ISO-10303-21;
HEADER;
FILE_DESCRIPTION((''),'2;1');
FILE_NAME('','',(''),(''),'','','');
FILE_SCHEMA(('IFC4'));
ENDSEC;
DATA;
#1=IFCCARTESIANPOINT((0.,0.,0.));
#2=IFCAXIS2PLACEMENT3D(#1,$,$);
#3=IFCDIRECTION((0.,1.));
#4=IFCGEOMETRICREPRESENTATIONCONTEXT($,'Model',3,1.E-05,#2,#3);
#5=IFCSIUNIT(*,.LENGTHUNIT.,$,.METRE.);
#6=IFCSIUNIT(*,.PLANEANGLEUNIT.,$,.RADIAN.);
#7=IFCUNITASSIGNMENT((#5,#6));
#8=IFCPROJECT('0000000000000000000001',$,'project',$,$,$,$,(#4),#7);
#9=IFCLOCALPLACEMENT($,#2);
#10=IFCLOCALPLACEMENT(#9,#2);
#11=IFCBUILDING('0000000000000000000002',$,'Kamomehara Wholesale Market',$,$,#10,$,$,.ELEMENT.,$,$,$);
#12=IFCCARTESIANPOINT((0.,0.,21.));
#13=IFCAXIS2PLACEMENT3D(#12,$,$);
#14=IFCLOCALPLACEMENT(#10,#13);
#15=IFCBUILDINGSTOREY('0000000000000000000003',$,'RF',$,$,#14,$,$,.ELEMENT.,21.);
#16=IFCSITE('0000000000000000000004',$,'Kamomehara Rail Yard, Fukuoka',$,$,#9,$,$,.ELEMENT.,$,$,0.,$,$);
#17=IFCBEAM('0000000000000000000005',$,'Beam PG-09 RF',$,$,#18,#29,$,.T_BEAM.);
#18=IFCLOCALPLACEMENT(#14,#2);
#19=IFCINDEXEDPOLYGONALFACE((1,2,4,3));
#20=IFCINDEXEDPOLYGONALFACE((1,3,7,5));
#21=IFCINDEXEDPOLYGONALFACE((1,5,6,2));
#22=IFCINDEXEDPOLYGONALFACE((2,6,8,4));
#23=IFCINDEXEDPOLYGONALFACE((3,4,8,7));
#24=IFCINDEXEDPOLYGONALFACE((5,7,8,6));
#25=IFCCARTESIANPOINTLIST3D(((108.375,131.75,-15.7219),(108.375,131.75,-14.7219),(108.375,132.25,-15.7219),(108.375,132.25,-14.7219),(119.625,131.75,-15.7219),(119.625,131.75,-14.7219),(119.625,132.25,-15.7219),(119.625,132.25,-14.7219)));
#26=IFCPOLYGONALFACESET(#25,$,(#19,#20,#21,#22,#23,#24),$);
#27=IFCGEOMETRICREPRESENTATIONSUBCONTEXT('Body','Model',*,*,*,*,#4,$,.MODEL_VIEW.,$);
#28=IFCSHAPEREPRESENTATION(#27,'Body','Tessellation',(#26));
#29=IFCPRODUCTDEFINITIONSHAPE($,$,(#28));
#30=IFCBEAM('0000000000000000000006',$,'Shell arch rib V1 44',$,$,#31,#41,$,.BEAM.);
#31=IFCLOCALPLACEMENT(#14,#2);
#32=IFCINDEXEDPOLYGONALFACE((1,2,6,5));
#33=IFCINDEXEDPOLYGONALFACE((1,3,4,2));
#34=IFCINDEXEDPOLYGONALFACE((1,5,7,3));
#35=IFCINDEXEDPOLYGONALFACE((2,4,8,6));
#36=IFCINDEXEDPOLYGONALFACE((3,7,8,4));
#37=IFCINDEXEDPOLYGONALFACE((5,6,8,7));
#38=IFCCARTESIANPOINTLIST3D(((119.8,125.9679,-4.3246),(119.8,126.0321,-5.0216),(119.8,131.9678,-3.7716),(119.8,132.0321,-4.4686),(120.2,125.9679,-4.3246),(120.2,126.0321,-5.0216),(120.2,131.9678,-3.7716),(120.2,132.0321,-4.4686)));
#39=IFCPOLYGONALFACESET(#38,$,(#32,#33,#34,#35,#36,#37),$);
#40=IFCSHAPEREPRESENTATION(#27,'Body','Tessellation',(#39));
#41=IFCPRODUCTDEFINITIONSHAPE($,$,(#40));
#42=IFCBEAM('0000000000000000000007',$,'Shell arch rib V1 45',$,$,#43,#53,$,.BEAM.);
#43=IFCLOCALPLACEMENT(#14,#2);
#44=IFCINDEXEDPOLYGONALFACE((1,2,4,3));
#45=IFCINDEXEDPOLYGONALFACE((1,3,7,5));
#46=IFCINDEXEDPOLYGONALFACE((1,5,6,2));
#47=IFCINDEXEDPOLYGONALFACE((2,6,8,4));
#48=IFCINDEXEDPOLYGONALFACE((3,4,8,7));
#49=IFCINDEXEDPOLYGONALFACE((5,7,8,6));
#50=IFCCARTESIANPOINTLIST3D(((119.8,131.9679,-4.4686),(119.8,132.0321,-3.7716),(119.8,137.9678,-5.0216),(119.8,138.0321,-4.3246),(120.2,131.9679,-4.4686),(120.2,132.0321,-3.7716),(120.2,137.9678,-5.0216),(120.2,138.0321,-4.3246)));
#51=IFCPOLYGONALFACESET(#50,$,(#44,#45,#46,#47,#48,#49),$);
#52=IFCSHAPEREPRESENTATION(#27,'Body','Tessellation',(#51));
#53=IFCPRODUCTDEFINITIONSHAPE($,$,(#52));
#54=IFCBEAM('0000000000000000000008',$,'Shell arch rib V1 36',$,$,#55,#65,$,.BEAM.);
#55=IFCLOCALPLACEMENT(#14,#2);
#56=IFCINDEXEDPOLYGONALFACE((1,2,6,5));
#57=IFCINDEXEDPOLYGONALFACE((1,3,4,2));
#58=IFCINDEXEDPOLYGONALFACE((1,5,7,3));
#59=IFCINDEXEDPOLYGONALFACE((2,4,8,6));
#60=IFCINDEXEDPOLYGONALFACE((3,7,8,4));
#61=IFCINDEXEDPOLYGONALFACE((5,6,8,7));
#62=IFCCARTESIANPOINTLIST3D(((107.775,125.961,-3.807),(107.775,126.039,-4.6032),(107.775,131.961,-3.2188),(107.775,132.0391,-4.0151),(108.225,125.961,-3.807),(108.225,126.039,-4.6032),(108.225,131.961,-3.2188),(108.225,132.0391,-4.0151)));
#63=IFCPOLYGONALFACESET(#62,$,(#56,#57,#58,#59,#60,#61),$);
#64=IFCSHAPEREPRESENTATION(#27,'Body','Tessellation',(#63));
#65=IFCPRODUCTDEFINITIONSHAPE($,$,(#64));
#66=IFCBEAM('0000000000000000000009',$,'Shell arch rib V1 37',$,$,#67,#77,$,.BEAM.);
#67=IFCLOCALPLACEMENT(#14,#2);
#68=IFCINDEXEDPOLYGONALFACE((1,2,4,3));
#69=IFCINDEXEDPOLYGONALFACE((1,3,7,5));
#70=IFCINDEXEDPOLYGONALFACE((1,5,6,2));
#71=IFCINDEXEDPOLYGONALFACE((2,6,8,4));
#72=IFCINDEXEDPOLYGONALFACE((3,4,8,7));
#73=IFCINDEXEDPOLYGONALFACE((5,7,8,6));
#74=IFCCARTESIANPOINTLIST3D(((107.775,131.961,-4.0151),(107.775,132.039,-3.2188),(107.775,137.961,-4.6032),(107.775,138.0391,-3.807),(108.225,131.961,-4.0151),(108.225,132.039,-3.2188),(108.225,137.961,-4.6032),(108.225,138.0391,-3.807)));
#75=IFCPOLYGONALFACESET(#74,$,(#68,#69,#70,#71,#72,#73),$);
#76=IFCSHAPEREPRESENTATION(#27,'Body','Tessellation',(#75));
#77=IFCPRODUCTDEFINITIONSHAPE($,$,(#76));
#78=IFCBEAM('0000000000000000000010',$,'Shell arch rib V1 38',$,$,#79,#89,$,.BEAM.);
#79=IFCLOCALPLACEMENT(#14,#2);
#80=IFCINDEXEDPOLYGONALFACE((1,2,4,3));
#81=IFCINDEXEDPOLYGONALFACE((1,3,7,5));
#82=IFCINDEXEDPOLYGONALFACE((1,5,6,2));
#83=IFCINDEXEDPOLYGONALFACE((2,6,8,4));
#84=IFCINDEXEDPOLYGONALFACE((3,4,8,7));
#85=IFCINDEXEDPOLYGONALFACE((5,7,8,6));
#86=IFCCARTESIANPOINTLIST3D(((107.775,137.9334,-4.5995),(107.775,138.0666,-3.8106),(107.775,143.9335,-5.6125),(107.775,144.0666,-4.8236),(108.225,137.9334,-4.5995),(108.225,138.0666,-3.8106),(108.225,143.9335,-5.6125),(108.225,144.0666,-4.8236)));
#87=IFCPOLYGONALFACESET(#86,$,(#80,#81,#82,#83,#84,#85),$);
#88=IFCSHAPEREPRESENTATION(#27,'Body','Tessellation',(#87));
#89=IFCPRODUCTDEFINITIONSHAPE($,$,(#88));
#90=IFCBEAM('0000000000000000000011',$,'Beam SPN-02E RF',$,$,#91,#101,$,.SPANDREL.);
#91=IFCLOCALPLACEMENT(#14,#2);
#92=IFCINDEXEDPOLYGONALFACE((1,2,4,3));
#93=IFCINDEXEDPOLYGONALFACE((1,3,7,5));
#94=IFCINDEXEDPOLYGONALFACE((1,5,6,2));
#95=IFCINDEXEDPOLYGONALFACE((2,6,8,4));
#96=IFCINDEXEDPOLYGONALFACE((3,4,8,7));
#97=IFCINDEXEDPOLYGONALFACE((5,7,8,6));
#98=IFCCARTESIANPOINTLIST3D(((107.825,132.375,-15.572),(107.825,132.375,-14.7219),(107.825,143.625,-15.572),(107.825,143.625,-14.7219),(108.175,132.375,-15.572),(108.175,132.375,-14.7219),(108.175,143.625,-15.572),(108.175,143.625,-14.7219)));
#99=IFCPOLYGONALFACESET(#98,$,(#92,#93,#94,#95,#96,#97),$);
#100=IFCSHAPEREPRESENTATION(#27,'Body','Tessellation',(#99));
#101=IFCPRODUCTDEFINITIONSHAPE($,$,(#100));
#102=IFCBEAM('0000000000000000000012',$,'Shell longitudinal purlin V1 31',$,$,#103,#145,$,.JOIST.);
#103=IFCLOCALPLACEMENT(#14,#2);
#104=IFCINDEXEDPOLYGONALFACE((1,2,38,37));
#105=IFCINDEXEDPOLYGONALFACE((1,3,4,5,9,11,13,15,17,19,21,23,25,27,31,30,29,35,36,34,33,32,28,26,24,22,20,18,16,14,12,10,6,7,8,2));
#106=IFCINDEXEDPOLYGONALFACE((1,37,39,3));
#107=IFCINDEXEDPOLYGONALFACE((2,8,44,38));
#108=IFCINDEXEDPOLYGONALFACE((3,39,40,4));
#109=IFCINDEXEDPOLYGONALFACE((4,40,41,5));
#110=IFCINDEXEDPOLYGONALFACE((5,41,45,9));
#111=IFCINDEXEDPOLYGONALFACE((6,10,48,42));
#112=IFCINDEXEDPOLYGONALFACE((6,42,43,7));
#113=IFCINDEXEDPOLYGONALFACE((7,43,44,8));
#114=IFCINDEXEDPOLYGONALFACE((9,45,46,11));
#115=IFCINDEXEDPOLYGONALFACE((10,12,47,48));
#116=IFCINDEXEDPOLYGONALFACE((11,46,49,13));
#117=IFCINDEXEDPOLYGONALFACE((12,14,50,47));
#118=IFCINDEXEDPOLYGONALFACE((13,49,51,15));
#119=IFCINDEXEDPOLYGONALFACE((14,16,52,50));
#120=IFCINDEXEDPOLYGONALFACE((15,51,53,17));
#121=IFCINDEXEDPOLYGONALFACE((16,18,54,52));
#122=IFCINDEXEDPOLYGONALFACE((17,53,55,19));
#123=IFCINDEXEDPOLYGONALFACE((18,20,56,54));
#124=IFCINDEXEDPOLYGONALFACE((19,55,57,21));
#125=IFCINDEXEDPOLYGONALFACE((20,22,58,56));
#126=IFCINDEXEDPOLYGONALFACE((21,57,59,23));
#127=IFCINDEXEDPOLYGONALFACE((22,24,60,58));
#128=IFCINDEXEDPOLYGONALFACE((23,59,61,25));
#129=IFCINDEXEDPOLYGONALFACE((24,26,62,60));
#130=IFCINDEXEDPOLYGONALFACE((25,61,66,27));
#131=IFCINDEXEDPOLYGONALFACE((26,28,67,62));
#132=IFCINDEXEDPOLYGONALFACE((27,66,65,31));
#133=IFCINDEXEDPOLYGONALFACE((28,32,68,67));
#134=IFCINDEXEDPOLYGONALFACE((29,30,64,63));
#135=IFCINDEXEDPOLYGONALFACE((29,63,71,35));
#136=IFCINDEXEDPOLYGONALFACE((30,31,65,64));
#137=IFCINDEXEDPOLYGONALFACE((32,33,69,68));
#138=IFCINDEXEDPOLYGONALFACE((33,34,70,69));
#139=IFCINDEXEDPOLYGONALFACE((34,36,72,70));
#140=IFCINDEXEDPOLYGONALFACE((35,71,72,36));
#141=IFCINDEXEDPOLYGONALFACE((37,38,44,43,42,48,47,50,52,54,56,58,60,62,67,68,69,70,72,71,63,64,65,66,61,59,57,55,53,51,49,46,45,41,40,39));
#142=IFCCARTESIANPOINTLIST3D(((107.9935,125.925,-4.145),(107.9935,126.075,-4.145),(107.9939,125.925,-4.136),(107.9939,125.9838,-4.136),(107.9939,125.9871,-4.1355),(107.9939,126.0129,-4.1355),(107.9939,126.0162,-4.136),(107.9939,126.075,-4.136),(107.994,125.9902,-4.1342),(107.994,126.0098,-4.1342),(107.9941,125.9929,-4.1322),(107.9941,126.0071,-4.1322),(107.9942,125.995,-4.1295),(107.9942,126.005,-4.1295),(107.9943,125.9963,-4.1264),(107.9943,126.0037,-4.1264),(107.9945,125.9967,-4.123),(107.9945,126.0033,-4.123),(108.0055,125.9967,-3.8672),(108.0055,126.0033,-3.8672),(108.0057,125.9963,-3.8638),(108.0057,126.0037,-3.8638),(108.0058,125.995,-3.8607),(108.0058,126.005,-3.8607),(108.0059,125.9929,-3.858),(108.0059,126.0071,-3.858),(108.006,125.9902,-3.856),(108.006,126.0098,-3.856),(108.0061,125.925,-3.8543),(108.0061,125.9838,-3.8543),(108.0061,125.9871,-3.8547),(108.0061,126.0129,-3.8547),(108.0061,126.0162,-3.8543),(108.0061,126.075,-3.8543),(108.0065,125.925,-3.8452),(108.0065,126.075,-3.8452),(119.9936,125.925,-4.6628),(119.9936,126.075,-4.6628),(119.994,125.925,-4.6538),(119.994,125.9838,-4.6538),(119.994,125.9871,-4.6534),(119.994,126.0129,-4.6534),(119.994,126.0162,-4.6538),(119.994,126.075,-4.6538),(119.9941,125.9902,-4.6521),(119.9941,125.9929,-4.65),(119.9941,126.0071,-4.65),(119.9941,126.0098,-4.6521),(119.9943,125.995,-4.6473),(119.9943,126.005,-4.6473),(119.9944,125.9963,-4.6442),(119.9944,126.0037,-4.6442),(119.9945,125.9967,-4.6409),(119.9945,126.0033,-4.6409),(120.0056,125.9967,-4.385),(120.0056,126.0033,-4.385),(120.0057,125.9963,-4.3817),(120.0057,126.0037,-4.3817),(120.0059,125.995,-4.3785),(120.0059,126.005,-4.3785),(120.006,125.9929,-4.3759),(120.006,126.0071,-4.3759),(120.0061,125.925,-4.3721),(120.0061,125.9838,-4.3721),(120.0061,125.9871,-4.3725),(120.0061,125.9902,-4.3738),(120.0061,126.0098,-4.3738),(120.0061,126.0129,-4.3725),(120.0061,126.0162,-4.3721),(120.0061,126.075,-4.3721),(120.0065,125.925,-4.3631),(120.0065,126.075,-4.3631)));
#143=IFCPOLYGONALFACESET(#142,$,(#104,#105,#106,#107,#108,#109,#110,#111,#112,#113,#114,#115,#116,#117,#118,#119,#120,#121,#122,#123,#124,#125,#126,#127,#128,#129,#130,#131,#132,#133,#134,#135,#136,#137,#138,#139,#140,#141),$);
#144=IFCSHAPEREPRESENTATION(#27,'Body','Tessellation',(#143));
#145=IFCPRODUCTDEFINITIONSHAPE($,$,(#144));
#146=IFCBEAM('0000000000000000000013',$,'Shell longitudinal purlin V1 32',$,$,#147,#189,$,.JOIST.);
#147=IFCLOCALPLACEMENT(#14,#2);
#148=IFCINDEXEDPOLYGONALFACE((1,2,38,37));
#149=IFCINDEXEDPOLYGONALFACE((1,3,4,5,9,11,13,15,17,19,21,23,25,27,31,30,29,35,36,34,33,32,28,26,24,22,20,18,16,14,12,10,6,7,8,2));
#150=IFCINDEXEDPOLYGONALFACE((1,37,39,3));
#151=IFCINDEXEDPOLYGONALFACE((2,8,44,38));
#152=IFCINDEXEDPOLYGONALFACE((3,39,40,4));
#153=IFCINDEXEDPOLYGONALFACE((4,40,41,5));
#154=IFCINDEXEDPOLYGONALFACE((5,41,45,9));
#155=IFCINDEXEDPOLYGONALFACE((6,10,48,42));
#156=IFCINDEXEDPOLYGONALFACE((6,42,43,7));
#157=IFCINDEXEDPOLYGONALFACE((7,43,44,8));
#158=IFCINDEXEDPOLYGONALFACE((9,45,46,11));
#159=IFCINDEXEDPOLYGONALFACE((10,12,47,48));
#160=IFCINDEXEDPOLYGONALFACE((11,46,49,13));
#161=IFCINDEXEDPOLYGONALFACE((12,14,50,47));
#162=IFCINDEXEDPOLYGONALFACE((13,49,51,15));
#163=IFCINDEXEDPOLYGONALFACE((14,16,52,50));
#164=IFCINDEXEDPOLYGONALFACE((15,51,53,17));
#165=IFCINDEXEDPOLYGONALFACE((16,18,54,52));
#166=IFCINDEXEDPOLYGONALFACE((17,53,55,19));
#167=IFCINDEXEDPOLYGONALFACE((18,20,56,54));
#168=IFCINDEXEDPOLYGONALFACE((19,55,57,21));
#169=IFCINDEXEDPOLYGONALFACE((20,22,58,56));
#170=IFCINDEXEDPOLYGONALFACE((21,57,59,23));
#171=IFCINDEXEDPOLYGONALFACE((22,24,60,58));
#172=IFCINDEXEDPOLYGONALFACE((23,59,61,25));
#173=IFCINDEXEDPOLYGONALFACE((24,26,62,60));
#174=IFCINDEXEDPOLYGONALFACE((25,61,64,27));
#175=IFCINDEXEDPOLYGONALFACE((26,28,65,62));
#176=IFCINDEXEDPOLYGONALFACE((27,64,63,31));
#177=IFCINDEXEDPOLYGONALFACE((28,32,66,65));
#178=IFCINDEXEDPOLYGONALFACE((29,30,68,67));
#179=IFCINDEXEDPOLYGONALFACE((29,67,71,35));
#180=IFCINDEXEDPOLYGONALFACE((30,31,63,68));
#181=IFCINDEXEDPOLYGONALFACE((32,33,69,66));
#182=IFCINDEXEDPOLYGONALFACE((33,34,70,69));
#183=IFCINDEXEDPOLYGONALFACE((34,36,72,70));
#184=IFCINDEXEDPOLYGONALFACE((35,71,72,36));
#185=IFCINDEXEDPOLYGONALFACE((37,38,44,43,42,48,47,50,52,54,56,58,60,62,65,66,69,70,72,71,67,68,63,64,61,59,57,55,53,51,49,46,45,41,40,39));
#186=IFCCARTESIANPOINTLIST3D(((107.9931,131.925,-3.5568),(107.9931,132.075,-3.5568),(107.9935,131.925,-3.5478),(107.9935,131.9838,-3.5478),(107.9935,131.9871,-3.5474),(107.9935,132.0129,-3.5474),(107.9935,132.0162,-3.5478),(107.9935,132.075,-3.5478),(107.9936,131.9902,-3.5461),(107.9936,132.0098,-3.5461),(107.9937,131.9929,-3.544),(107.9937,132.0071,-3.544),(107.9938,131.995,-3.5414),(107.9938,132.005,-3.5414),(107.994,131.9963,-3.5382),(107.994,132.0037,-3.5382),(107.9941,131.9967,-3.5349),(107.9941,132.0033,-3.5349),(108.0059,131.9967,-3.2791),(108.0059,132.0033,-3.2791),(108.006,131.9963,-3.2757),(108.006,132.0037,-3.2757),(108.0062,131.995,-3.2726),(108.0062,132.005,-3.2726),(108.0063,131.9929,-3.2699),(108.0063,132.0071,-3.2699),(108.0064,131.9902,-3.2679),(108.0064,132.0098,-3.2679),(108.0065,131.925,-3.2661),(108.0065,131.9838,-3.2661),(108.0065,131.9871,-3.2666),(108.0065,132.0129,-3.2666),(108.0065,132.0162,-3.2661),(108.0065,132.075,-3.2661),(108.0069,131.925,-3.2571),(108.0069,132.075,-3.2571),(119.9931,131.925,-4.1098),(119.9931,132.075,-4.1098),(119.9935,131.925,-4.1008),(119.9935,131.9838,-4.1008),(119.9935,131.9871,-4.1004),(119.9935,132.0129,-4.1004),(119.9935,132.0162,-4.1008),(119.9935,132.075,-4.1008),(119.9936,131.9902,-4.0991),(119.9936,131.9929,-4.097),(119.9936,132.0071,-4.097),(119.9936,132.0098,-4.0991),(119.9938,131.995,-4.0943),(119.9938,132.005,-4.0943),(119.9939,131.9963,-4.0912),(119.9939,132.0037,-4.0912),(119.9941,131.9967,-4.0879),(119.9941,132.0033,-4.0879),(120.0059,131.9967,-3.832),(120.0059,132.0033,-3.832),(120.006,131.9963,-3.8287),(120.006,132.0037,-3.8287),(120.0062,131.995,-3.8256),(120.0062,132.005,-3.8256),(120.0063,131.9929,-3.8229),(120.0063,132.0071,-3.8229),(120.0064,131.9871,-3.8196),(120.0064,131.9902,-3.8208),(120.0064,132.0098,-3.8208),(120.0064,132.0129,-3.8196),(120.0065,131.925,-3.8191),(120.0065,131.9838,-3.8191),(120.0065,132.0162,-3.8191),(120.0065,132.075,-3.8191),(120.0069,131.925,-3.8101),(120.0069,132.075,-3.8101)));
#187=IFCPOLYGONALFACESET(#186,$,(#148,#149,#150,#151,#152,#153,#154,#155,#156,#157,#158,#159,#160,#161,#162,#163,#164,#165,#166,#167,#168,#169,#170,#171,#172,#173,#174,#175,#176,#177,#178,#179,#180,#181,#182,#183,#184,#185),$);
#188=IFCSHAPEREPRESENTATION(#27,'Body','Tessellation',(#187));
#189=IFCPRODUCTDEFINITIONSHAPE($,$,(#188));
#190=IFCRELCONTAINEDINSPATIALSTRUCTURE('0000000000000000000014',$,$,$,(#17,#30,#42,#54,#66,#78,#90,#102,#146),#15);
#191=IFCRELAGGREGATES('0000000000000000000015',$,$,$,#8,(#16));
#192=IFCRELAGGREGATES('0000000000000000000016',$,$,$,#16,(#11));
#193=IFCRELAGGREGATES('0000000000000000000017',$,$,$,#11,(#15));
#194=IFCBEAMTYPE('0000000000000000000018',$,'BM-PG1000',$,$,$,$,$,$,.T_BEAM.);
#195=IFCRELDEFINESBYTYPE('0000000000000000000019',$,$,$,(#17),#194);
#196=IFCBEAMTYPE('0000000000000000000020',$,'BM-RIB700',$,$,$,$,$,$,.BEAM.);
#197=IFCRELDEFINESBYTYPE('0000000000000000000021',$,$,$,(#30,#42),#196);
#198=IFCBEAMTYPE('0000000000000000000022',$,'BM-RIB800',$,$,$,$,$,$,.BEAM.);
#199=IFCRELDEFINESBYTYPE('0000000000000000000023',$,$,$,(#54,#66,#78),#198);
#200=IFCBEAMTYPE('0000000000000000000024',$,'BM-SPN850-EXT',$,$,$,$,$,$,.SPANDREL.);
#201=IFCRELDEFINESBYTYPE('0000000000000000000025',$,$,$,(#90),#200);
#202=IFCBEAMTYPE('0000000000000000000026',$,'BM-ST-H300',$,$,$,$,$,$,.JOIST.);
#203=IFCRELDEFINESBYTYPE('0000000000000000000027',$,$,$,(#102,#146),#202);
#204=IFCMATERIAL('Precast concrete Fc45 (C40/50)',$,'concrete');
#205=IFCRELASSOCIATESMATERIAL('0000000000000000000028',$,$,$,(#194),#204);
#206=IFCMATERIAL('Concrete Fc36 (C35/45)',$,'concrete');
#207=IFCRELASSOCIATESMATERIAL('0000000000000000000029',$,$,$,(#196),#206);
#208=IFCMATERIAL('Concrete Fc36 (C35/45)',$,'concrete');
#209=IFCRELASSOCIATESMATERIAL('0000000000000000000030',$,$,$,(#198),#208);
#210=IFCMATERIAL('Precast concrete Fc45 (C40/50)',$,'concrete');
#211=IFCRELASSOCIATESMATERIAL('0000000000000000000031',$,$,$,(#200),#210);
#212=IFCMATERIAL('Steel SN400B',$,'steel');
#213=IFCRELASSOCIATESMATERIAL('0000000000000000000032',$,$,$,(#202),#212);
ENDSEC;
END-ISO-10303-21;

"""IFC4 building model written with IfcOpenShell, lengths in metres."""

from ifc_helpers import new_model, si_unit, direction, frame, origin, origin_2d, place, context, subcontext, project, spatial, rectangle, i_section, extrude, material, material_profile, profile_set, type_object, element, save


model = new_model("IFC4")

# Units and contexts
model_context = context("Model", 3, precision=1e-05, world=origin(), true_north=direction((0.0, 1.0)))
body_context = subcontext(model_context, "Body", "Model", "MODEL_VIEW")
ifc_project = project(units=[si_unit("LENGTHUNIT", "METRE"), si_unit("PLANEANGLEUNIT", "RADIAN")], contexts=[model_context])

# Site, building, storey
site_placement = place(None, origin())
site = spatial("IfcSite", under=ifc_project, at=site_placement, Name="Kamomehara Rail Yard, Fukuoka", CompositionType="ELEMENT", RefElevation=0.0)
building_placement = place(site_placement, origin())
building = spatial("IfcBuilding", under=site, at=building_placement, Name="Kamomehara Wholesale Market", CompositionType="ELEMENT")
storey_placement = place(building_placement, frame((0.0, 0.0, 21.0)))
storey = spatial("IfcBuildingStorey", under=building, at=storey_placement, Name="RF", CompositionType="ELEMENT", Elevation=21.0)

# Beams
ifc_material_1 = material(Name="Precast concrete Fc45 (C40/50)", Category="concrete")
ifc_material_profile_1 = material_profile(ifc_material_1, rectangle(XDim=0.5, YDim=1.0, at=origin_2d()), Name="PC-GRD-500x1000")
ifc_profile_set_1 = profile_set([ifc_material_profile_1], Name="Precast concrete Fc45 (C40/50)")
beam_type_1 = type_object("IfcBeamType", Name="BM-PG1000", PredefinedType="T_BEAM", material=ifc_profile_set_1)
beam_1_placement = place(storey_placement, frame((108.375, 132.0, -15.2219), z_axis=(1.0, 0.0, 0.0), x_axis=(0.0, 1.0, 0.0)))
element("IfcBeam", 1, at=beam_1_placement, inside=storey, type_object=beam_type_1, Name="Beam PG-09 RF", PredefinedType="T_BEAM", context=body_context, shape_type="SweptSolid", body=[
    extrude(rectangle(XDim=0.5, YDim=1.0, at=origin_2d()), origin(), (0.0, 0.0, 1.0), 11.25),
])
ifc_material_2 = material(Name="Concrete Fc36 (C35/45)", Category="concrete")
ifc_material_profile_2 = material_profile(ifc_material_2, rectangle(XDim=0.3999, YDim=0.7, at=origin_2d()), Name="RC-RIB-400x700")
ifc_profile_set_2 = profile_set([ifc_material_profile_2], Name="Concrete Fc36 (C35/45)")
beam_type_2 = type_object("IfcBeamType", Name="BM-RIB700", PredefinedType="BEAM", material=ifc_profile_set_2)
for number, where, z_axis, x_axis, name in (
    (2, (120.0, 126.0, -4.6731), (0.0, 0.99578, 0.091774), (-1.0, 0.0, 0.0), "Shell arch rib V1 44"),
    (3, (120.0, 132.0, -4.1201), (0.0, 0.99578, -0.091774), (-1.0, 0.0, 0.0), "Shell arch rib V1 45"),
):
    element("IfcBeam", number, at=place(storey_placement, frame(where, z_axis=z_axis, x_axis=x_axis)), inside=storey, type_object=beam_type_2, Name=name, PredefinedType="BEAM", context=body_context, shape_type="SweptSolid", body=[
        extrude(rectangle(XDim=0.3999, YDim=0.7, at=origin_2d()), origin(), (0.0, 0.0, 1.0), 6.0254),
    ])
ifc_material_3 = material(Name="Concrete Fc36 (C35/45)", Category="concrete")
ifc_material_profile_3 = material_profile(ifc_material_3, rectangle(XDim=0.45, YDim=0.8, at=origin_2d()), Name="RC-RIB-450x800")
ifc_profile_set_3 = profile_set([ifc_material_profile_3], Name="Concrete Fc36 (C35/45)")
beam_type_3 = type_object("IfcBeamType", Name="BM-RIB800", PredefinedType="BEAM", material=ifc_profile_set_3)
for number, where, z_axis, x_axis, name in (
    (4, (108.0, 126.0, -4.2051), (0.0, 0.99523, 0.097555), (-1.0, 0.0, 0.0), "Shell arch rib V1 36"),
    (5, (108.0, 132.0, -3.6169), (0.0, 0.99523, -0.097555), (-1.0, 0.0, 0.0), "Shell arch rib V1 37"),
):
    element("IfcBeam", number, at=place(storey_placement, frame(where, z_axis=z_axis, x_axis=x_axis)), inside=storey, type_object=beam_type_3, Name=name, PredefinedType="BEAM", context=body_context, shape_type="SweptSolid", body=[
        extrude(rectangle(XDim=0.45, YDim=0.8, at=origin_2d()), origin(), (0.0, 0.0, 1.0), 6.0288),
    ])
beam_2_placement = place(storey_placement, frame((108.0, 138.0, -4.2051), z_axis=(0.0, 0.986047, -0.166468), x_axis=(-1.0, 0.0, 0.0)))
element("IfcBeam", 6, at=beam_2_placement, inside=storey, type_object=beam_type_3, Name="Shell arch rib V1 38", PredefinedType="BEAM", context=body_context, shape_type="SweptSolid", body=[
    extrude(rectangle(XDim=0.45, YDim=0.8, at=origin_2d()), origin(), (0.0, 0.0, 1.0), 6.085),
])
ifc_material_4 = material(Name="Precast concrete Fc45 (C40/50)", Category="concrete")
ifc_material_profile_4 = material_profile(ifc_material_4, rectangle(XDim=0.3501, YDim=0.8501, at=origin_2d()), Name="PC-SPN-350x850")
ifc_profile_set_4 = profile_set([ifc_material_profile_4], Name="Precast concrete Fc45 (C40/50)")
beam_type_4 = type_object("IfcBeamType", Name="BM-SPN850-EXT", PredefinedType="SPANDREL", material=ifc_profile_set_4)
beam_3_placement = place(storey_placement, frame((108.0, 132.375, -15.147), z_axis=(0.0, 1.0, 0.0), x_axis=(-1.0, 0.0, 0.0)))
element("IfcBeam", 7, at=beam_3_placement, inside=storey, type_object=beam_type_4, Name="Beam SPN-02E RF", PredefinedType="SPANDREL", context=body_context, shape_type="SweptSolid", body=[
    extrude(rectangle(XDim=0.3501, YDim=0.8501, at=origin_2d()), origin(), (0.0, 0.0, 1.0), 11.25),
])
ifc_material_5 = material(Name="Steel SN400B", Category="steel")
ifc_material_profile_5 = material_profile(ifc_material_5, i_section(OverallWidth=0.1499, OverallDepth=0.3, WebThickness=0.0066, FlangeThickness=0.009, FilletRadius=0.0129, at=origin_2d()), Name="H-300x150x6.5x9")
ifc_profile_set_5 = profile_set([ifc_material_profile_5], Name="Steel SN400B")
beam_type_5 = type_object("IfcBeamType", Name="BM-ST-H300", PredefinedType="JOIST", material=ifc_profile_set_5)
beam_4_placement = place(storey_placement, frame((108.0, 126.0, -3.9951), z_axis=(0.99907, 0.0, -0.043112), x_axis=(0.0, 1.0, 0.0)))
element("IfcBeam", 8, at=beam_4_placement, inside=storey, type_object=beam_type_5, Name="Shell longitudinal purlin V1 31", PredefinedType="JOIST", context=body_context, shape_type="SweptSolid", body=[
    extrude(i_section(OverallWidth=0.1499, OverallDepth=0.3, WebThickness=0.0066, FlangeThickness=0.009, FilletRadius=0.0129, at=origin_2d()), origin(), (0.0, 0.0, 1.0), 12.0112),
])
beam_5_placement = place(storey_placement, frame((108.0, 132.0, -3.407), z_axis=(0.99894, 0.0, -0.046033), x_axis=(0.0, 1.0, 0.0)))
element("IfcBeam", 9, at=beam_5_placement, inside=storey, type_object=beam_type_5, Name="Shell longitudinal purlin V1 32", PredefinedType="JOIST", context=body_context, shape_type="SweptSolid", body=[
    extrude(i_section(OverallWidth=0.1499, OverallDepth=0.3, WebThickness=0.0066, FlangeThickness=0.009, FilletRadius=0.0129, at=origin_2d()), origin(), (0.0, 0.0, 1.0), 12.0127),
])

save(model, "model.ifc")
